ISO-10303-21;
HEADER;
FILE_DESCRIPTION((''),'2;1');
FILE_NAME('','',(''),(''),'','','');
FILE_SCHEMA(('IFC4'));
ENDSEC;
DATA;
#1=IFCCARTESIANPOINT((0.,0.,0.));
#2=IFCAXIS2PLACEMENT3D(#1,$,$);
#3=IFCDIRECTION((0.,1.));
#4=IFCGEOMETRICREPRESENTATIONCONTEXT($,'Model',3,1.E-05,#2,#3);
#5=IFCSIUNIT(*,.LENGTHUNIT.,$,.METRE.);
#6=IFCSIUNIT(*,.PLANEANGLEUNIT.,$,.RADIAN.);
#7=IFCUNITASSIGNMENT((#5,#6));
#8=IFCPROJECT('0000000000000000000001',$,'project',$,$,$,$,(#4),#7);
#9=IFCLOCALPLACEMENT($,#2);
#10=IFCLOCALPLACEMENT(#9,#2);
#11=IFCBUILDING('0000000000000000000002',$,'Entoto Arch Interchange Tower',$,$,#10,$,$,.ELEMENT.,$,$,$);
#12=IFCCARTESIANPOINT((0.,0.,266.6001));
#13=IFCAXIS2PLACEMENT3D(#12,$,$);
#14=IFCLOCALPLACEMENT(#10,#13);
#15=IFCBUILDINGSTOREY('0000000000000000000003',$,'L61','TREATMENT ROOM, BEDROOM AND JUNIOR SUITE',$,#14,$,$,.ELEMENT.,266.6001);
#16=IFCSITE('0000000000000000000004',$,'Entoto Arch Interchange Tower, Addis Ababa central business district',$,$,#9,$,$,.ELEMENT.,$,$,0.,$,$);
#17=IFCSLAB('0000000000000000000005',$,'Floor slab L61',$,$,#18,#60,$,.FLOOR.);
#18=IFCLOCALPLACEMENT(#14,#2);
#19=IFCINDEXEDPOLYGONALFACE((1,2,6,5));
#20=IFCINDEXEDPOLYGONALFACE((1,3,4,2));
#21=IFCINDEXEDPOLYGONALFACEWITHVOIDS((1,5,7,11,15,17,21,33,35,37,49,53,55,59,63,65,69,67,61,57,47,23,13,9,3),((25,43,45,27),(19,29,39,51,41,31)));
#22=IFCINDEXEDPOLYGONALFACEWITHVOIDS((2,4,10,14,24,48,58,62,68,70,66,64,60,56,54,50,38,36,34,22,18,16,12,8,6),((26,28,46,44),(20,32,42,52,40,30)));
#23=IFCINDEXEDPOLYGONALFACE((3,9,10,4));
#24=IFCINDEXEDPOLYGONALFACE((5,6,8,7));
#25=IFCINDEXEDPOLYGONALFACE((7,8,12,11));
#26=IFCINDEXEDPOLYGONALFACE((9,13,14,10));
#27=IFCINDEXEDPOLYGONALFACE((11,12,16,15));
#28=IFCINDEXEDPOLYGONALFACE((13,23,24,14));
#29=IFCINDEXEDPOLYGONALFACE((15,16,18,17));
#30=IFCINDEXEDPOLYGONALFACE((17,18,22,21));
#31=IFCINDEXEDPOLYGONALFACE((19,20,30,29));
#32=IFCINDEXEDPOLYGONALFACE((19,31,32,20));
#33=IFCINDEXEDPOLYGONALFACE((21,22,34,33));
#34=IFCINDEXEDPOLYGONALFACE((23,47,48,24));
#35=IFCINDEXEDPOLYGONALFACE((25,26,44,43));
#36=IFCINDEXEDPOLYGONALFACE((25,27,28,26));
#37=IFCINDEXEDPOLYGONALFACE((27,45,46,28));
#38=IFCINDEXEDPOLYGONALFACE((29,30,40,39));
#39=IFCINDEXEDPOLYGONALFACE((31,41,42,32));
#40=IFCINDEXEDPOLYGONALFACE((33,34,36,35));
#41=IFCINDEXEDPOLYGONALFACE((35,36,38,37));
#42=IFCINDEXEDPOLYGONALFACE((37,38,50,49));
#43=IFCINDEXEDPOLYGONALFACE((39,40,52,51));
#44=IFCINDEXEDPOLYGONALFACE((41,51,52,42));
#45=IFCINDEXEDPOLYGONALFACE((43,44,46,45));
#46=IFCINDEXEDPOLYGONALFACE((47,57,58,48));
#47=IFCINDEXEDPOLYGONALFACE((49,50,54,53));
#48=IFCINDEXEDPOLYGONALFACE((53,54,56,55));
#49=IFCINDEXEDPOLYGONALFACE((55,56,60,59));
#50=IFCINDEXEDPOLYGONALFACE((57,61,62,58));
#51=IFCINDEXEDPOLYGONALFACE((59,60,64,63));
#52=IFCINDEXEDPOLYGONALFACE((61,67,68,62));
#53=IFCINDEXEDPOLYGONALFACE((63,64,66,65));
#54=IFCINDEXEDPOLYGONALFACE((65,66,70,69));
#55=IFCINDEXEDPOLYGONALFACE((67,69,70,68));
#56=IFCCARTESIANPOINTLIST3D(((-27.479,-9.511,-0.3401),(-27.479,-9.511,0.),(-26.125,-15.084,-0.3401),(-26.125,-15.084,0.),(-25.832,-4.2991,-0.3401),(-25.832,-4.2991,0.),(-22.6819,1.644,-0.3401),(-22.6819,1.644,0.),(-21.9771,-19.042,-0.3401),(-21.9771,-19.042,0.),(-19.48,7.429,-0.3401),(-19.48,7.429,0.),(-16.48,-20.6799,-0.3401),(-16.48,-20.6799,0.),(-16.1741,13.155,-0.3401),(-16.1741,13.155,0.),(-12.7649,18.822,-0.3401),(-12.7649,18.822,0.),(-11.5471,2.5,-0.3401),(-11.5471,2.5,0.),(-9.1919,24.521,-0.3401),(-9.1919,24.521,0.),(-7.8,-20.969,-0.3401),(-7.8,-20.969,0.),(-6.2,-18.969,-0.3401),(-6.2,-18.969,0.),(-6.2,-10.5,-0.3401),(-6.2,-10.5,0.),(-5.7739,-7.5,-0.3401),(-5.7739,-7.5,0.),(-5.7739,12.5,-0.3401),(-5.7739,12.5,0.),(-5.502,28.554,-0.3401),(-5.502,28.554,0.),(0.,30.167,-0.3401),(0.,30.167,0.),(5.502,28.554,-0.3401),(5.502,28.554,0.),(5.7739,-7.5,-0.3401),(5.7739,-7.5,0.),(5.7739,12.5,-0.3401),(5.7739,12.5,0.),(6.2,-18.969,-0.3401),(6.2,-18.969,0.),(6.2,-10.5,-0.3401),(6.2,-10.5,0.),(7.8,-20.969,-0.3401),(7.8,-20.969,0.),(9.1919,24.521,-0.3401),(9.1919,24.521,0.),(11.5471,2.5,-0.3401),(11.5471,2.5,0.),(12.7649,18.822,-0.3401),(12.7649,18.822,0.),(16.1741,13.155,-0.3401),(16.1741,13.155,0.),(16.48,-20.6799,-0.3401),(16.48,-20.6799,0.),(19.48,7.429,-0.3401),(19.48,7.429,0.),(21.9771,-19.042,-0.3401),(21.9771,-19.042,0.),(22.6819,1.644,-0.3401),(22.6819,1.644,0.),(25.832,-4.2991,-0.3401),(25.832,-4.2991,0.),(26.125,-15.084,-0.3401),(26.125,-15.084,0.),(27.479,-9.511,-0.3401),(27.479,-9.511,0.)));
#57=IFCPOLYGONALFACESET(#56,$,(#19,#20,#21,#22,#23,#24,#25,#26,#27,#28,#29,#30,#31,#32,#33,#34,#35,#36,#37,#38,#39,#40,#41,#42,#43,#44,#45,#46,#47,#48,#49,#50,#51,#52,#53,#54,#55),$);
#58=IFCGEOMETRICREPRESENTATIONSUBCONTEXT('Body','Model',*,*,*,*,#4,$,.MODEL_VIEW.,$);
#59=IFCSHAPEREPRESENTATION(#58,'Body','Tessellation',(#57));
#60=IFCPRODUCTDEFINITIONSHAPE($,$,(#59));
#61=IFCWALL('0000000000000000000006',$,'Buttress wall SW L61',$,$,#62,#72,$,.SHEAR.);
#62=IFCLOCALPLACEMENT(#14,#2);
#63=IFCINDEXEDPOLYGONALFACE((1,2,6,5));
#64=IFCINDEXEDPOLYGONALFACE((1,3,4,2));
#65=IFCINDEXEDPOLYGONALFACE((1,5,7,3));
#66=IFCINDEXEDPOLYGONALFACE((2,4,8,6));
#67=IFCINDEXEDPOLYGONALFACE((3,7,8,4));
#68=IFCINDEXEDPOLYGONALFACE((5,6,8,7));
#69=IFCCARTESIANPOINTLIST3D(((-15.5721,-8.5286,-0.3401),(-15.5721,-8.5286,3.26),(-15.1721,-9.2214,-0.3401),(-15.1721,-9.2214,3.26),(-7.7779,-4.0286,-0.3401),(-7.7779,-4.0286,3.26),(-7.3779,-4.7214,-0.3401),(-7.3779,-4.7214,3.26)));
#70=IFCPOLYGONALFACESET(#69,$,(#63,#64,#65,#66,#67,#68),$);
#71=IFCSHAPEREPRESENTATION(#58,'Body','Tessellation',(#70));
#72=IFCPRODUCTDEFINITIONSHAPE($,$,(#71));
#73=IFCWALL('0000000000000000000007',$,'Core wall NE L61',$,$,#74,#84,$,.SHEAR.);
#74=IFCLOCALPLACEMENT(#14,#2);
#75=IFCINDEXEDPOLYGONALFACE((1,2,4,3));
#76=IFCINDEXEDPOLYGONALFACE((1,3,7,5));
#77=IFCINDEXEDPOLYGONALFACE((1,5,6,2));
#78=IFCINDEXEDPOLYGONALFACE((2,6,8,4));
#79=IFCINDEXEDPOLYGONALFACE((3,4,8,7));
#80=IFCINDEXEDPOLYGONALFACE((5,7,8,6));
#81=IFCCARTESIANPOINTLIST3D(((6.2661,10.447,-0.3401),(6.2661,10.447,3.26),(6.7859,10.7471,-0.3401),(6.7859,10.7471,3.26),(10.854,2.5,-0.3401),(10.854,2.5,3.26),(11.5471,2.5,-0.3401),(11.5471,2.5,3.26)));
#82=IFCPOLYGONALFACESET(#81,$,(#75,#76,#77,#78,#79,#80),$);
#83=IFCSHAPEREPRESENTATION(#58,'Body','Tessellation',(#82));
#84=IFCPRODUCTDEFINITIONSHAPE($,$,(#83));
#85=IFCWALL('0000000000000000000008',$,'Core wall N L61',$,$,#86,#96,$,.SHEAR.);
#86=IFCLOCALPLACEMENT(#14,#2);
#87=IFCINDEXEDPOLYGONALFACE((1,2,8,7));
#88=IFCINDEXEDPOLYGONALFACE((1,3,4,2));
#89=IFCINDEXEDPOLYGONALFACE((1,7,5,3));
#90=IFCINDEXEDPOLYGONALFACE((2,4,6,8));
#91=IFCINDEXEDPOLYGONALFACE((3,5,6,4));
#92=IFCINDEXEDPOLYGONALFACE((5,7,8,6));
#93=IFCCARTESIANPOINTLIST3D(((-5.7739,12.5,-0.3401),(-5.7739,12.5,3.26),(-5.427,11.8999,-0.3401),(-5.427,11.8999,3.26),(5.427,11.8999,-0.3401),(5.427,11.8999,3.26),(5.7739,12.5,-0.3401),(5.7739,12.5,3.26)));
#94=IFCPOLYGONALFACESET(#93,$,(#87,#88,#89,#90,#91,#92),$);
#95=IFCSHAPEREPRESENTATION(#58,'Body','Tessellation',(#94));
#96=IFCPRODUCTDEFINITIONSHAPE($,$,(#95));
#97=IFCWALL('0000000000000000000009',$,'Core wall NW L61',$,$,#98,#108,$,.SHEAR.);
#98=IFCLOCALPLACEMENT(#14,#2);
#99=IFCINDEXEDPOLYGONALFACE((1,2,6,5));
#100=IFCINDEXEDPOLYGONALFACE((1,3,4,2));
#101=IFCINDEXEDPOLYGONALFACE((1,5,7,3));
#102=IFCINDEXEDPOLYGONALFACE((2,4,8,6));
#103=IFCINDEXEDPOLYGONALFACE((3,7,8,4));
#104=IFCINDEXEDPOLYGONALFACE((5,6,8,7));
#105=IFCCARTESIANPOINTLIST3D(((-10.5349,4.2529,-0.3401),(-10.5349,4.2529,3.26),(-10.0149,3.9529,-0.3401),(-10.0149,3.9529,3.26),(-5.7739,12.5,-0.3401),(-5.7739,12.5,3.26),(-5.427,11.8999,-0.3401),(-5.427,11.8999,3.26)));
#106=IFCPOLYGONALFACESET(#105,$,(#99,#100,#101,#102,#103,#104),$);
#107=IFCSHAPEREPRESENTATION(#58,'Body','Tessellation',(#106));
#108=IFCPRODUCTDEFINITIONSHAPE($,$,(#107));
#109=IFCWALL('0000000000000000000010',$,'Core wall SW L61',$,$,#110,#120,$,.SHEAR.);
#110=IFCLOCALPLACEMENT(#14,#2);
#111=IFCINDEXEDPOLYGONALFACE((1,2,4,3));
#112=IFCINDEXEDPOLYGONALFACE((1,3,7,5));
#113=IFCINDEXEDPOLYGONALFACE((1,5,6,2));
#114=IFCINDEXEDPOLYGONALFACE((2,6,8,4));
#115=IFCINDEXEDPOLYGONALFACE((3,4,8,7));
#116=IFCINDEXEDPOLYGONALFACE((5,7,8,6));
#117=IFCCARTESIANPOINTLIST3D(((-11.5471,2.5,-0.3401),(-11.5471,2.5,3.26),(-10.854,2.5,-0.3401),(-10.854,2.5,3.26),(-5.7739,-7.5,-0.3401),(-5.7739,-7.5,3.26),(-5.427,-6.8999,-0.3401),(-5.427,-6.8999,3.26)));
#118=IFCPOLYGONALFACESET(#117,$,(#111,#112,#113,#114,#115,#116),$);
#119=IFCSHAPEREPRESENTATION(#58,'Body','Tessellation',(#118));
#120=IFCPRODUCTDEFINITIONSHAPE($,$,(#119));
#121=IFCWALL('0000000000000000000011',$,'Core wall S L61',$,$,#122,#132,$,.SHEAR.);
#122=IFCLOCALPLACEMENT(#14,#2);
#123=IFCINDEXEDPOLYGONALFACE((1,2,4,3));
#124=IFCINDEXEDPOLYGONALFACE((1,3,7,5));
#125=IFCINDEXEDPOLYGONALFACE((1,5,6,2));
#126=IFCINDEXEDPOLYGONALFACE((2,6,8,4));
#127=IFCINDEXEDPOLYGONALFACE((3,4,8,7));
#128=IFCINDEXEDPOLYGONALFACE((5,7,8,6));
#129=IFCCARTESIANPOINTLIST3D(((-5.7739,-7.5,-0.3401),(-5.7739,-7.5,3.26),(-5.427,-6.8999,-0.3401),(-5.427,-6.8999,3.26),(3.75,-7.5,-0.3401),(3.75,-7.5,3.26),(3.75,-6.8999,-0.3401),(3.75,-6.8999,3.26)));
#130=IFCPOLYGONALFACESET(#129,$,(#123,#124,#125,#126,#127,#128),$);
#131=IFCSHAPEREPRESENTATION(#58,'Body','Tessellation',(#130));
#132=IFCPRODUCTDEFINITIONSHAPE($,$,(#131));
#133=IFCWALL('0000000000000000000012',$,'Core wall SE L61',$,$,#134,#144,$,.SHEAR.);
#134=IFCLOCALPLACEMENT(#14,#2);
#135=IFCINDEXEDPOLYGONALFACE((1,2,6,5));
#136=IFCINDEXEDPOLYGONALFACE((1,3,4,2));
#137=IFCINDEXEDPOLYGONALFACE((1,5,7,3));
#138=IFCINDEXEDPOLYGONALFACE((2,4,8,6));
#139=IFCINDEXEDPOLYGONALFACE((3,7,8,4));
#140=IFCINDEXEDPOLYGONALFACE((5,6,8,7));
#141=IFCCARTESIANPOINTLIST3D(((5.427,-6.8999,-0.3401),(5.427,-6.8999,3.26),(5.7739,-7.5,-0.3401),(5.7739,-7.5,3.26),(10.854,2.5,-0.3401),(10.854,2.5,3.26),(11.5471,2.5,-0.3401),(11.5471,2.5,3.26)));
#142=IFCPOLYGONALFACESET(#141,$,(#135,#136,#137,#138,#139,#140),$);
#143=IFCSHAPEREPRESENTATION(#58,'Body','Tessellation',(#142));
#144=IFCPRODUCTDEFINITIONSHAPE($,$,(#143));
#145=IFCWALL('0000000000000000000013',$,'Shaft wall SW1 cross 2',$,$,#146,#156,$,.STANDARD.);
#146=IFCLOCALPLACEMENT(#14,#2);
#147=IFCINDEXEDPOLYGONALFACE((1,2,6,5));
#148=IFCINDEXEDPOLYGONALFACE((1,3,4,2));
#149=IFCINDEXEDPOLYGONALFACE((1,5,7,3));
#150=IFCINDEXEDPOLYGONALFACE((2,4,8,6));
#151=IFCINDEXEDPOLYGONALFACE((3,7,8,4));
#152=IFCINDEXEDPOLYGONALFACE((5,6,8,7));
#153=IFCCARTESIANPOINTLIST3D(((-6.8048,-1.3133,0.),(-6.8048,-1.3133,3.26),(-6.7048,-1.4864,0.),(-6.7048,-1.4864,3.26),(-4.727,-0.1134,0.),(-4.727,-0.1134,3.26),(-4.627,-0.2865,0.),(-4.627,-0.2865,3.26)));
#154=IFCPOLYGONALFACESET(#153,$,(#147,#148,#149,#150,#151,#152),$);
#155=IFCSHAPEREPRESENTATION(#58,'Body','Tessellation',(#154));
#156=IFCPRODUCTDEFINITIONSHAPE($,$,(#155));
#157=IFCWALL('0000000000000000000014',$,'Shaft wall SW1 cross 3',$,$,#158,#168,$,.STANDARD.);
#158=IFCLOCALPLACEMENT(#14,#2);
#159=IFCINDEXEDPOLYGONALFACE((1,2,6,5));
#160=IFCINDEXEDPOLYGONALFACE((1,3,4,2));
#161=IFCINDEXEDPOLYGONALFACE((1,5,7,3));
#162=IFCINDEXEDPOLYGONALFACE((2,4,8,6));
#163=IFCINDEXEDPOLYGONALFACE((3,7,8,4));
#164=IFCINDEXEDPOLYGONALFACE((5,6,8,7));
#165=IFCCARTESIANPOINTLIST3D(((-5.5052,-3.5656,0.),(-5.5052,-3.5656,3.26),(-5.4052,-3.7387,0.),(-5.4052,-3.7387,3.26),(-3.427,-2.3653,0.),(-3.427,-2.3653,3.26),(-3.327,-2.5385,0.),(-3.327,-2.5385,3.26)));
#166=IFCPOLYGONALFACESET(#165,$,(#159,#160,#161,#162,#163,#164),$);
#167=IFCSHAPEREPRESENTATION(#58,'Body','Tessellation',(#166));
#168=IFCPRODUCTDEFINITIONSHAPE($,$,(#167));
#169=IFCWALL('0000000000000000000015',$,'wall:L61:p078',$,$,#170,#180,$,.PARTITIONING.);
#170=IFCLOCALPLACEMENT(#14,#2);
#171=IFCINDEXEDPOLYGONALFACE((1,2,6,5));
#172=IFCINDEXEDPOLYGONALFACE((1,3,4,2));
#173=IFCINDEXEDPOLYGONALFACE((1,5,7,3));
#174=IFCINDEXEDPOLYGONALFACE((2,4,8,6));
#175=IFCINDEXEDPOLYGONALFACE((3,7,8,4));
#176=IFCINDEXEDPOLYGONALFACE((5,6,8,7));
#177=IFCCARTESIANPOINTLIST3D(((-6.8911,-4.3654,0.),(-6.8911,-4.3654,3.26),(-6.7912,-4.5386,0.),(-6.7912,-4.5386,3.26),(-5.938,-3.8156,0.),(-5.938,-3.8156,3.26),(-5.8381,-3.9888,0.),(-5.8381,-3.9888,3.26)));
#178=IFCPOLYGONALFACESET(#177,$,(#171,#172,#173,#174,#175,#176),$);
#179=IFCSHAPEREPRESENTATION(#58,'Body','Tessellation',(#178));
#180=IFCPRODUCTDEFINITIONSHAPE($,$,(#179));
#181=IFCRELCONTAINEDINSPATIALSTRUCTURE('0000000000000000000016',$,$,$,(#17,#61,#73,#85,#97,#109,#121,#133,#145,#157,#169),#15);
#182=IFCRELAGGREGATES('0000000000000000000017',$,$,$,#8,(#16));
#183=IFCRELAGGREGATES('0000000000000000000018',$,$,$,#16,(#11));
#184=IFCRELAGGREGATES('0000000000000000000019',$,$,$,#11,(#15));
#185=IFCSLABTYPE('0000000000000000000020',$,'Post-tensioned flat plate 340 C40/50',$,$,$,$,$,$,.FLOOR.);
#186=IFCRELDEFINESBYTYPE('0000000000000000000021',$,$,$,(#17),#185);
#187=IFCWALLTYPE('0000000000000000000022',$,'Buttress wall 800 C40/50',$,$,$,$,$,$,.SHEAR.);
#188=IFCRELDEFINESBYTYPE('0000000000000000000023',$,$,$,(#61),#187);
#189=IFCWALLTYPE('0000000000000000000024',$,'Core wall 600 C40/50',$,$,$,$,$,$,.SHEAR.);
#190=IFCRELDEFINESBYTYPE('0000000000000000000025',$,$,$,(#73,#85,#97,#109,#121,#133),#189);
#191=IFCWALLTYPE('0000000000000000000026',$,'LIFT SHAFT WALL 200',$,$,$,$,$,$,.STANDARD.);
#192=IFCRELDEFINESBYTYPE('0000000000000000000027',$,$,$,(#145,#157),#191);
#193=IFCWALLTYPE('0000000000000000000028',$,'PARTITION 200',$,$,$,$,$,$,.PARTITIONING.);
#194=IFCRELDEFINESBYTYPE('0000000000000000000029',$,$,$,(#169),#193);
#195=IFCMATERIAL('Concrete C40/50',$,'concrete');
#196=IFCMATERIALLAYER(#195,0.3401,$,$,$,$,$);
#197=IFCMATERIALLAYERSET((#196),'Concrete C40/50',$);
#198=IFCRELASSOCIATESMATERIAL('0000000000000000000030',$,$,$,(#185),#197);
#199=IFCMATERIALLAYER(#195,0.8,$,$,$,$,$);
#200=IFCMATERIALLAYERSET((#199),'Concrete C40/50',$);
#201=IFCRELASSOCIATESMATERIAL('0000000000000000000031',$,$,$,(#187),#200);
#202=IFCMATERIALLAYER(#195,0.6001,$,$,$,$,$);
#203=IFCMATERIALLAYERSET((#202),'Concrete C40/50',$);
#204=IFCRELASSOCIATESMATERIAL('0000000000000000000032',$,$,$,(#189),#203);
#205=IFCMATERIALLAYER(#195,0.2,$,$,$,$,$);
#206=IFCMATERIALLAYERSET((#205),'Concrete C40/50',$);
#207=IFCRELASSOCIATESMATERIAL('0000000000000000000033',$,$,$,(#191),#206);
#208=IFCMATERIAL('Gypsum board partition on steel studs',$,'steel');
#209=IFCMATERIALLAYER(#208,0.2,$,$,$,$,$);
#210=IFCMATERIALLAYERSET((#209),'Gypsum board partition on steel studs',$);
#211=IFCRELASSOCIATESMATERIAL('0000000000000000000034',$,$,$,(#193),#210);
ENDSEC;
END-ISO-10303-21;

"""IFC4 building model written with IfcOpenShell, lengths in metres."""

from ifc_helpers import new_model, si_unit, direction, frame, frame_2d, origin, place, context, subcontext, project, spatial, polyline, rectangle, outline, extrude, material, layer, layer_set, type_object, element, save


model = new_model("IFC4")

# Units and contexts
model_context = context("Model", 3, precision=1e-05, world=origin(), true_north=direction((0.0, 1.0)))
body_context = subcontext(model_context, "Body", "Model", "MODEL_VIEW")
ifc_project = project(units=[si_unit("LENGTHUNIT", "METRE"), si_unit("PLANEANGLEUNIT", "RADIAN")], contexts=[model_context])

# Site, building, storey
site_placement = place(None, origin())
site = spatial("IfcSite", under=ifc_project, at=site_placement, Name="Entoto Arch Interchange Tower, Addis Ababa central business district", CompositionType="ELEMENT", RefElevation=0.0)
building_placement = place(site_placement, origin())
building = spatial("IfcBuilding", under=site, at=building_placement, Name="Entoto Arch Interchange Tower", CompositionType="ELEMENT")
storey_placement = place(building_placement, frame((0.0, 0.0, 266.6001)))
storey = spatial("IfcBuildingStorey", under=building, at=storey_placement, Name="L61", Description="TREATMENT ROOM, BEDROOM AND JUNIOR SUITE", CompositionType="ELEMENT", Elevation=266.6001)

# Slab
ifc_material_1 = material(Name="Concrete C40/50", Category="concrete")
ifc_layer_1 = layer(ifc_material_1, 0.3401)
ifc_layer_set_1 = layer_set([ifc_layer_1], Name="Concrete C40/50")
slab_type = type_object("IfcSlabType", Name="Post-tensioned flat plate 340 C40/50", PredefinedType="FLOOR", material=ifc_layer_set_1)
slab_placement = place(storey_placement, frame((0.0, 0.0, -0.3401)))
element("IfcSlab", 1, at=slab_placement, inside=storey, type_object=slab_type, Name="Floor slab L61", PredefinedType="FLOOR", context=body_context, shape_type="SweptSolid", body=[
    extrude(outline(polyline([(-16.48, -20.6799), (-7.8, -20.969), (7.8, -20.969), (16.48, -20.6799), (21.9771, -19.042), (26.125, -15.084), (27.479, -9.511), (25.832, -4.2991), (22.6819, 1.644), (19.48, 7.429), (16.1741, 13.155), (12.7649, 18.822), (9.1919, 24.521), (5.502, 28.554), (0.0, 30.167), (-5.502, 28.554), (-9.1919, 24.521), (-12.7649, 18.822), (-16.1741, 13.155), (-19.48, 7.429), (-22.6819, 1.644), (-25.832, -4.2991), (-27.479, -9.511), (-26.125, -15.084), (-21.9771, -19.042), (-16.48, -20.6799)]), holes=[polyline([(6.2, -18.969), (6.2, -10.5), (-6.2, -10.5), (-6.2, -18.969), (6.2, -18.969)]), polyline([(11.5471, 2.5), (5.7739, 12.5), (-5.7739, 12.5), (-11.5471, 2.5), (-5.7739, -7.5), (5.7739, -7.5), (11.5471, 2.5)])]), origin(), (0.0, 0.0, 1.0), 0.3401),
])

# Walls
ifc_layer_2 = layer(ifc_material_1, 0.8)
ifc_layer_set_2 = layer_set([ifc_layer_2], Name="Concrete C40/50")
wall_type_1 = type_object("IfcWallType", Name="Buttress wall 800 C40/50", PredefinedType="SHEAR", material=ifc_layer_set_2)
wall_1_placement = place(storey_placement, frame((-7.5779, -4.375, -0.3401), z_axis=(0.0, 0.0, 1.0), x_axis=(-0.866024, -0.500002, 0.0)))
element("IfcWall", 2, at=wall_1_placement, inside=storey, type_object=wall_type_1, Name="Buttress wall SW L61", PredefinedType="SHEAR", context=body_context, shape_type="SweptSolid", body=[
    extrude(rectangle(XDim=9.0, YDim=0.8, at=frame_2d((4.5, 0.0))), origin(), (0.0, 0.0, 1.0), 3.6001),
])
ifc_layer_3 = layer(ifc_material_1, 0.6001)
ifc_layer_set_3 = layer_set([ifc_layer_3], Name="Concrete C40/50")
wall_type_2 = type_object("IfcWallType", Name="Core wall 600 C40/50", PredefinedType="SHEAR", material=ifc_layer_set_3)
wall_2_placement = place(storey_placement, frame((0.0, 0.0, -0.3401)))
element("IfcWall", 3, at=wall_2_placement, inside=storey, type_object=wall_type_2, Name="Core wall NE L61", PredefinedType="SHEAR", context=body_context, shape_type="SweptSolid", body=[
    extrude(outline(polyline([(6.7859, 10.7471), (6.2661, 10.447), (10.854, 2.5), (11.5471, 2.5), (6.7859, 10.7471)])), origin(), (0.0, 0.0, 1.0), 3.6001),
])
wall_3_placement = place(storey_placement, frame((0.0, 0.0, -0.3401)))
element("IfcWall", 4, at=wall_3_placement, inside=storey, type_object=wall_type_2, Name="Core wall N L61", PredefinedType="SHEAR", context=body_context, shape_type="SweptSolid", body=[
    extrude(outline(polyline([(5.7739, 12.5), (-5.7739, 12.5), (-5.427, 11.8999), (5.427, 11.8999), (5.7739, 12.5)])), origin(), (0.0, 0.0, 1.0), 3.6001),
])
wall_4_placement = place(storey_placement, frame((0.0, 0.0, -0.3401)))
element("IfcWall", 5, at=wall_4_placement, inside=storey, type_object=wall_type_2, Name="Core wall NW L61", PredefinedType="SHEAR", context=body_context, shape_type="SweptSolid", body=[
    extrude(outline(polyline([(-10.5349, 4.2529), (-10.0149, 3.9529), (-5.427, 11.8999), (-5.7739, 12.5), (-10.5349, 4.2529)])), origin(), (0.0, 0.0, 1.0), 3.6001),
])
wall_5_placement = place(storey_placement, frame((0.0, 0.0, -0.3401)))
element("IfcWall", 6, at=wall_5_placement, inside=storey, type_object=wall_type_2, Name="Core wall SW L61", PredefinedType="SHEAR", context=body_context, shape_type="SweptSolid", body=[
    extrude(outline(polyline([(-11.5471, 2.5), (-5.7739, -7.5), (-5.427, -6.8999), (-10.854, 2.5), (-11.5471, 2.5)])), origin(), (0.0, 0.0, 1.0), 3.6001),
])
wall_6_placement = place(storey_placement, frame((0.0, 0.0, -0.3401)))
element("IfcWall", 7, at=wall_6_placement, inside=storey, type_object=wall_type_2, Name="Core wall S L61", PredefinedType="SHEAR", context=body_context, shape_type="SweptSolid", body=[
    extrude(outline(polyline([(3.75, -7.5), (3.75, -6.8999), (-5.427, -6.8999), (-5.7739, -7.5), (3.75, -7.5)])), origin(), (0.0, 0.0, 1.0), 3.6001),
])
wall_7_placement = place(storey_placement, frame((0.0, 0.0, -0.3401)))
element("IfcWall", 8, at=wall_7_placement, inside=storey, type_object=wall_type_2, Name="Core wall SE L61", PredefinedType="SHEAR", context=body_context, shape_type="SweptSolid", body=[
    extrude(outline(polyline([(5.7739, -7.5), (11.5471, 2.5), (10.854, 2.5), (5.427, -6.8999), (5.7739, -7.5)])), origin(), (0.0, 0.0, 1.0), 3.6001),
])
ifc_layer_4 = layer(ifc_material_1, 0.2)
ifc_layer_set_4 = layer_set([ifc_layer_4], Name="Concrete C40/50")
wall_type_3 = type_object("IfcWallType", Name="LIFT SHAFT WALL 200", PredefinedType="STANDARD", material=ifc_layer_set_4)
wall_8_placement = place(storey_placement, frame((-4.677, -0.2, 0.0), z_axis=(0.0, 0.0, 1.0), x_axis=(-0.865974, -0.500089, 0.0)))
element("IfcWall", 9, at=wall_8_placement, inside=storey, type_object=wall_type_3, Name="Shaft wall SW1 cross 2", PredefinedType="STANDARD", context=body_context, shape_type="SweptSolid", body=[
    extrude(rectangle(XDim=2.3994, YDim=0.2, at=frame_2d((1.1997, 0.0))), origin(), (0.0, 0.0, 1.0), 3.26),
])
wall_9_placement = place(storey_placement, frame((-3.377, -2.4519, 0.0), z_axis=(0.0, 0.0, 1.0), x_axis=(-0.865955, -0.500122, 0.0)))
element("IfcWall", 10, at=wall_9_placement, inside=storey, type_object=wall_type_3, Name="Shaft wall SW1 cross 3", PredefinedType="STANDARD", context=body_context, shape_type="SweptSolid", body=[
    extrude(rectangle(XDim=2.3999, YDim=0.2, at=frame_2d((1.2, 0.0))), origin(), (0.0, 0.0, 1.0), 3.26),
])
ifc_material_2 = material(Name="Gypsum board partition on steel studs", Category="steel")
ifc_layer_5 = layer(ifc_material_2, 0.2)
ifc_layer_set_5 = layer_set([ifc_layer_5], Name="Gypsum board partition on steel studs")
wall_type_4 = type_object("IfcWallType", Name="PARTITION 200", PredefinedType="PARTITIONING", material=ifc_layer_set_5)
wall_10_placement = place(storey_placement, frame((-5.8879, -3.9021, 0.0), z_axis=(0.0, 0.0, 1.0), x_axis=(-0.866215, -0.499671, 0.0)))
element("IfcWall", 11, at=wall_10_placement, inside=storey, type_object=wall_type_4, Name="wall:L61:p078", PredefinedType="PARTITIONING", context=body_context, shape_type="SweptSolid", body=[
    extrude(rectangle(XDim=1.1003, YDim=0.2, at=frame_2d((0.5503, 0.0))), origin(), (0.0, 0.0, 1.0), 3.26),
])

save(model, "model.ifc")
